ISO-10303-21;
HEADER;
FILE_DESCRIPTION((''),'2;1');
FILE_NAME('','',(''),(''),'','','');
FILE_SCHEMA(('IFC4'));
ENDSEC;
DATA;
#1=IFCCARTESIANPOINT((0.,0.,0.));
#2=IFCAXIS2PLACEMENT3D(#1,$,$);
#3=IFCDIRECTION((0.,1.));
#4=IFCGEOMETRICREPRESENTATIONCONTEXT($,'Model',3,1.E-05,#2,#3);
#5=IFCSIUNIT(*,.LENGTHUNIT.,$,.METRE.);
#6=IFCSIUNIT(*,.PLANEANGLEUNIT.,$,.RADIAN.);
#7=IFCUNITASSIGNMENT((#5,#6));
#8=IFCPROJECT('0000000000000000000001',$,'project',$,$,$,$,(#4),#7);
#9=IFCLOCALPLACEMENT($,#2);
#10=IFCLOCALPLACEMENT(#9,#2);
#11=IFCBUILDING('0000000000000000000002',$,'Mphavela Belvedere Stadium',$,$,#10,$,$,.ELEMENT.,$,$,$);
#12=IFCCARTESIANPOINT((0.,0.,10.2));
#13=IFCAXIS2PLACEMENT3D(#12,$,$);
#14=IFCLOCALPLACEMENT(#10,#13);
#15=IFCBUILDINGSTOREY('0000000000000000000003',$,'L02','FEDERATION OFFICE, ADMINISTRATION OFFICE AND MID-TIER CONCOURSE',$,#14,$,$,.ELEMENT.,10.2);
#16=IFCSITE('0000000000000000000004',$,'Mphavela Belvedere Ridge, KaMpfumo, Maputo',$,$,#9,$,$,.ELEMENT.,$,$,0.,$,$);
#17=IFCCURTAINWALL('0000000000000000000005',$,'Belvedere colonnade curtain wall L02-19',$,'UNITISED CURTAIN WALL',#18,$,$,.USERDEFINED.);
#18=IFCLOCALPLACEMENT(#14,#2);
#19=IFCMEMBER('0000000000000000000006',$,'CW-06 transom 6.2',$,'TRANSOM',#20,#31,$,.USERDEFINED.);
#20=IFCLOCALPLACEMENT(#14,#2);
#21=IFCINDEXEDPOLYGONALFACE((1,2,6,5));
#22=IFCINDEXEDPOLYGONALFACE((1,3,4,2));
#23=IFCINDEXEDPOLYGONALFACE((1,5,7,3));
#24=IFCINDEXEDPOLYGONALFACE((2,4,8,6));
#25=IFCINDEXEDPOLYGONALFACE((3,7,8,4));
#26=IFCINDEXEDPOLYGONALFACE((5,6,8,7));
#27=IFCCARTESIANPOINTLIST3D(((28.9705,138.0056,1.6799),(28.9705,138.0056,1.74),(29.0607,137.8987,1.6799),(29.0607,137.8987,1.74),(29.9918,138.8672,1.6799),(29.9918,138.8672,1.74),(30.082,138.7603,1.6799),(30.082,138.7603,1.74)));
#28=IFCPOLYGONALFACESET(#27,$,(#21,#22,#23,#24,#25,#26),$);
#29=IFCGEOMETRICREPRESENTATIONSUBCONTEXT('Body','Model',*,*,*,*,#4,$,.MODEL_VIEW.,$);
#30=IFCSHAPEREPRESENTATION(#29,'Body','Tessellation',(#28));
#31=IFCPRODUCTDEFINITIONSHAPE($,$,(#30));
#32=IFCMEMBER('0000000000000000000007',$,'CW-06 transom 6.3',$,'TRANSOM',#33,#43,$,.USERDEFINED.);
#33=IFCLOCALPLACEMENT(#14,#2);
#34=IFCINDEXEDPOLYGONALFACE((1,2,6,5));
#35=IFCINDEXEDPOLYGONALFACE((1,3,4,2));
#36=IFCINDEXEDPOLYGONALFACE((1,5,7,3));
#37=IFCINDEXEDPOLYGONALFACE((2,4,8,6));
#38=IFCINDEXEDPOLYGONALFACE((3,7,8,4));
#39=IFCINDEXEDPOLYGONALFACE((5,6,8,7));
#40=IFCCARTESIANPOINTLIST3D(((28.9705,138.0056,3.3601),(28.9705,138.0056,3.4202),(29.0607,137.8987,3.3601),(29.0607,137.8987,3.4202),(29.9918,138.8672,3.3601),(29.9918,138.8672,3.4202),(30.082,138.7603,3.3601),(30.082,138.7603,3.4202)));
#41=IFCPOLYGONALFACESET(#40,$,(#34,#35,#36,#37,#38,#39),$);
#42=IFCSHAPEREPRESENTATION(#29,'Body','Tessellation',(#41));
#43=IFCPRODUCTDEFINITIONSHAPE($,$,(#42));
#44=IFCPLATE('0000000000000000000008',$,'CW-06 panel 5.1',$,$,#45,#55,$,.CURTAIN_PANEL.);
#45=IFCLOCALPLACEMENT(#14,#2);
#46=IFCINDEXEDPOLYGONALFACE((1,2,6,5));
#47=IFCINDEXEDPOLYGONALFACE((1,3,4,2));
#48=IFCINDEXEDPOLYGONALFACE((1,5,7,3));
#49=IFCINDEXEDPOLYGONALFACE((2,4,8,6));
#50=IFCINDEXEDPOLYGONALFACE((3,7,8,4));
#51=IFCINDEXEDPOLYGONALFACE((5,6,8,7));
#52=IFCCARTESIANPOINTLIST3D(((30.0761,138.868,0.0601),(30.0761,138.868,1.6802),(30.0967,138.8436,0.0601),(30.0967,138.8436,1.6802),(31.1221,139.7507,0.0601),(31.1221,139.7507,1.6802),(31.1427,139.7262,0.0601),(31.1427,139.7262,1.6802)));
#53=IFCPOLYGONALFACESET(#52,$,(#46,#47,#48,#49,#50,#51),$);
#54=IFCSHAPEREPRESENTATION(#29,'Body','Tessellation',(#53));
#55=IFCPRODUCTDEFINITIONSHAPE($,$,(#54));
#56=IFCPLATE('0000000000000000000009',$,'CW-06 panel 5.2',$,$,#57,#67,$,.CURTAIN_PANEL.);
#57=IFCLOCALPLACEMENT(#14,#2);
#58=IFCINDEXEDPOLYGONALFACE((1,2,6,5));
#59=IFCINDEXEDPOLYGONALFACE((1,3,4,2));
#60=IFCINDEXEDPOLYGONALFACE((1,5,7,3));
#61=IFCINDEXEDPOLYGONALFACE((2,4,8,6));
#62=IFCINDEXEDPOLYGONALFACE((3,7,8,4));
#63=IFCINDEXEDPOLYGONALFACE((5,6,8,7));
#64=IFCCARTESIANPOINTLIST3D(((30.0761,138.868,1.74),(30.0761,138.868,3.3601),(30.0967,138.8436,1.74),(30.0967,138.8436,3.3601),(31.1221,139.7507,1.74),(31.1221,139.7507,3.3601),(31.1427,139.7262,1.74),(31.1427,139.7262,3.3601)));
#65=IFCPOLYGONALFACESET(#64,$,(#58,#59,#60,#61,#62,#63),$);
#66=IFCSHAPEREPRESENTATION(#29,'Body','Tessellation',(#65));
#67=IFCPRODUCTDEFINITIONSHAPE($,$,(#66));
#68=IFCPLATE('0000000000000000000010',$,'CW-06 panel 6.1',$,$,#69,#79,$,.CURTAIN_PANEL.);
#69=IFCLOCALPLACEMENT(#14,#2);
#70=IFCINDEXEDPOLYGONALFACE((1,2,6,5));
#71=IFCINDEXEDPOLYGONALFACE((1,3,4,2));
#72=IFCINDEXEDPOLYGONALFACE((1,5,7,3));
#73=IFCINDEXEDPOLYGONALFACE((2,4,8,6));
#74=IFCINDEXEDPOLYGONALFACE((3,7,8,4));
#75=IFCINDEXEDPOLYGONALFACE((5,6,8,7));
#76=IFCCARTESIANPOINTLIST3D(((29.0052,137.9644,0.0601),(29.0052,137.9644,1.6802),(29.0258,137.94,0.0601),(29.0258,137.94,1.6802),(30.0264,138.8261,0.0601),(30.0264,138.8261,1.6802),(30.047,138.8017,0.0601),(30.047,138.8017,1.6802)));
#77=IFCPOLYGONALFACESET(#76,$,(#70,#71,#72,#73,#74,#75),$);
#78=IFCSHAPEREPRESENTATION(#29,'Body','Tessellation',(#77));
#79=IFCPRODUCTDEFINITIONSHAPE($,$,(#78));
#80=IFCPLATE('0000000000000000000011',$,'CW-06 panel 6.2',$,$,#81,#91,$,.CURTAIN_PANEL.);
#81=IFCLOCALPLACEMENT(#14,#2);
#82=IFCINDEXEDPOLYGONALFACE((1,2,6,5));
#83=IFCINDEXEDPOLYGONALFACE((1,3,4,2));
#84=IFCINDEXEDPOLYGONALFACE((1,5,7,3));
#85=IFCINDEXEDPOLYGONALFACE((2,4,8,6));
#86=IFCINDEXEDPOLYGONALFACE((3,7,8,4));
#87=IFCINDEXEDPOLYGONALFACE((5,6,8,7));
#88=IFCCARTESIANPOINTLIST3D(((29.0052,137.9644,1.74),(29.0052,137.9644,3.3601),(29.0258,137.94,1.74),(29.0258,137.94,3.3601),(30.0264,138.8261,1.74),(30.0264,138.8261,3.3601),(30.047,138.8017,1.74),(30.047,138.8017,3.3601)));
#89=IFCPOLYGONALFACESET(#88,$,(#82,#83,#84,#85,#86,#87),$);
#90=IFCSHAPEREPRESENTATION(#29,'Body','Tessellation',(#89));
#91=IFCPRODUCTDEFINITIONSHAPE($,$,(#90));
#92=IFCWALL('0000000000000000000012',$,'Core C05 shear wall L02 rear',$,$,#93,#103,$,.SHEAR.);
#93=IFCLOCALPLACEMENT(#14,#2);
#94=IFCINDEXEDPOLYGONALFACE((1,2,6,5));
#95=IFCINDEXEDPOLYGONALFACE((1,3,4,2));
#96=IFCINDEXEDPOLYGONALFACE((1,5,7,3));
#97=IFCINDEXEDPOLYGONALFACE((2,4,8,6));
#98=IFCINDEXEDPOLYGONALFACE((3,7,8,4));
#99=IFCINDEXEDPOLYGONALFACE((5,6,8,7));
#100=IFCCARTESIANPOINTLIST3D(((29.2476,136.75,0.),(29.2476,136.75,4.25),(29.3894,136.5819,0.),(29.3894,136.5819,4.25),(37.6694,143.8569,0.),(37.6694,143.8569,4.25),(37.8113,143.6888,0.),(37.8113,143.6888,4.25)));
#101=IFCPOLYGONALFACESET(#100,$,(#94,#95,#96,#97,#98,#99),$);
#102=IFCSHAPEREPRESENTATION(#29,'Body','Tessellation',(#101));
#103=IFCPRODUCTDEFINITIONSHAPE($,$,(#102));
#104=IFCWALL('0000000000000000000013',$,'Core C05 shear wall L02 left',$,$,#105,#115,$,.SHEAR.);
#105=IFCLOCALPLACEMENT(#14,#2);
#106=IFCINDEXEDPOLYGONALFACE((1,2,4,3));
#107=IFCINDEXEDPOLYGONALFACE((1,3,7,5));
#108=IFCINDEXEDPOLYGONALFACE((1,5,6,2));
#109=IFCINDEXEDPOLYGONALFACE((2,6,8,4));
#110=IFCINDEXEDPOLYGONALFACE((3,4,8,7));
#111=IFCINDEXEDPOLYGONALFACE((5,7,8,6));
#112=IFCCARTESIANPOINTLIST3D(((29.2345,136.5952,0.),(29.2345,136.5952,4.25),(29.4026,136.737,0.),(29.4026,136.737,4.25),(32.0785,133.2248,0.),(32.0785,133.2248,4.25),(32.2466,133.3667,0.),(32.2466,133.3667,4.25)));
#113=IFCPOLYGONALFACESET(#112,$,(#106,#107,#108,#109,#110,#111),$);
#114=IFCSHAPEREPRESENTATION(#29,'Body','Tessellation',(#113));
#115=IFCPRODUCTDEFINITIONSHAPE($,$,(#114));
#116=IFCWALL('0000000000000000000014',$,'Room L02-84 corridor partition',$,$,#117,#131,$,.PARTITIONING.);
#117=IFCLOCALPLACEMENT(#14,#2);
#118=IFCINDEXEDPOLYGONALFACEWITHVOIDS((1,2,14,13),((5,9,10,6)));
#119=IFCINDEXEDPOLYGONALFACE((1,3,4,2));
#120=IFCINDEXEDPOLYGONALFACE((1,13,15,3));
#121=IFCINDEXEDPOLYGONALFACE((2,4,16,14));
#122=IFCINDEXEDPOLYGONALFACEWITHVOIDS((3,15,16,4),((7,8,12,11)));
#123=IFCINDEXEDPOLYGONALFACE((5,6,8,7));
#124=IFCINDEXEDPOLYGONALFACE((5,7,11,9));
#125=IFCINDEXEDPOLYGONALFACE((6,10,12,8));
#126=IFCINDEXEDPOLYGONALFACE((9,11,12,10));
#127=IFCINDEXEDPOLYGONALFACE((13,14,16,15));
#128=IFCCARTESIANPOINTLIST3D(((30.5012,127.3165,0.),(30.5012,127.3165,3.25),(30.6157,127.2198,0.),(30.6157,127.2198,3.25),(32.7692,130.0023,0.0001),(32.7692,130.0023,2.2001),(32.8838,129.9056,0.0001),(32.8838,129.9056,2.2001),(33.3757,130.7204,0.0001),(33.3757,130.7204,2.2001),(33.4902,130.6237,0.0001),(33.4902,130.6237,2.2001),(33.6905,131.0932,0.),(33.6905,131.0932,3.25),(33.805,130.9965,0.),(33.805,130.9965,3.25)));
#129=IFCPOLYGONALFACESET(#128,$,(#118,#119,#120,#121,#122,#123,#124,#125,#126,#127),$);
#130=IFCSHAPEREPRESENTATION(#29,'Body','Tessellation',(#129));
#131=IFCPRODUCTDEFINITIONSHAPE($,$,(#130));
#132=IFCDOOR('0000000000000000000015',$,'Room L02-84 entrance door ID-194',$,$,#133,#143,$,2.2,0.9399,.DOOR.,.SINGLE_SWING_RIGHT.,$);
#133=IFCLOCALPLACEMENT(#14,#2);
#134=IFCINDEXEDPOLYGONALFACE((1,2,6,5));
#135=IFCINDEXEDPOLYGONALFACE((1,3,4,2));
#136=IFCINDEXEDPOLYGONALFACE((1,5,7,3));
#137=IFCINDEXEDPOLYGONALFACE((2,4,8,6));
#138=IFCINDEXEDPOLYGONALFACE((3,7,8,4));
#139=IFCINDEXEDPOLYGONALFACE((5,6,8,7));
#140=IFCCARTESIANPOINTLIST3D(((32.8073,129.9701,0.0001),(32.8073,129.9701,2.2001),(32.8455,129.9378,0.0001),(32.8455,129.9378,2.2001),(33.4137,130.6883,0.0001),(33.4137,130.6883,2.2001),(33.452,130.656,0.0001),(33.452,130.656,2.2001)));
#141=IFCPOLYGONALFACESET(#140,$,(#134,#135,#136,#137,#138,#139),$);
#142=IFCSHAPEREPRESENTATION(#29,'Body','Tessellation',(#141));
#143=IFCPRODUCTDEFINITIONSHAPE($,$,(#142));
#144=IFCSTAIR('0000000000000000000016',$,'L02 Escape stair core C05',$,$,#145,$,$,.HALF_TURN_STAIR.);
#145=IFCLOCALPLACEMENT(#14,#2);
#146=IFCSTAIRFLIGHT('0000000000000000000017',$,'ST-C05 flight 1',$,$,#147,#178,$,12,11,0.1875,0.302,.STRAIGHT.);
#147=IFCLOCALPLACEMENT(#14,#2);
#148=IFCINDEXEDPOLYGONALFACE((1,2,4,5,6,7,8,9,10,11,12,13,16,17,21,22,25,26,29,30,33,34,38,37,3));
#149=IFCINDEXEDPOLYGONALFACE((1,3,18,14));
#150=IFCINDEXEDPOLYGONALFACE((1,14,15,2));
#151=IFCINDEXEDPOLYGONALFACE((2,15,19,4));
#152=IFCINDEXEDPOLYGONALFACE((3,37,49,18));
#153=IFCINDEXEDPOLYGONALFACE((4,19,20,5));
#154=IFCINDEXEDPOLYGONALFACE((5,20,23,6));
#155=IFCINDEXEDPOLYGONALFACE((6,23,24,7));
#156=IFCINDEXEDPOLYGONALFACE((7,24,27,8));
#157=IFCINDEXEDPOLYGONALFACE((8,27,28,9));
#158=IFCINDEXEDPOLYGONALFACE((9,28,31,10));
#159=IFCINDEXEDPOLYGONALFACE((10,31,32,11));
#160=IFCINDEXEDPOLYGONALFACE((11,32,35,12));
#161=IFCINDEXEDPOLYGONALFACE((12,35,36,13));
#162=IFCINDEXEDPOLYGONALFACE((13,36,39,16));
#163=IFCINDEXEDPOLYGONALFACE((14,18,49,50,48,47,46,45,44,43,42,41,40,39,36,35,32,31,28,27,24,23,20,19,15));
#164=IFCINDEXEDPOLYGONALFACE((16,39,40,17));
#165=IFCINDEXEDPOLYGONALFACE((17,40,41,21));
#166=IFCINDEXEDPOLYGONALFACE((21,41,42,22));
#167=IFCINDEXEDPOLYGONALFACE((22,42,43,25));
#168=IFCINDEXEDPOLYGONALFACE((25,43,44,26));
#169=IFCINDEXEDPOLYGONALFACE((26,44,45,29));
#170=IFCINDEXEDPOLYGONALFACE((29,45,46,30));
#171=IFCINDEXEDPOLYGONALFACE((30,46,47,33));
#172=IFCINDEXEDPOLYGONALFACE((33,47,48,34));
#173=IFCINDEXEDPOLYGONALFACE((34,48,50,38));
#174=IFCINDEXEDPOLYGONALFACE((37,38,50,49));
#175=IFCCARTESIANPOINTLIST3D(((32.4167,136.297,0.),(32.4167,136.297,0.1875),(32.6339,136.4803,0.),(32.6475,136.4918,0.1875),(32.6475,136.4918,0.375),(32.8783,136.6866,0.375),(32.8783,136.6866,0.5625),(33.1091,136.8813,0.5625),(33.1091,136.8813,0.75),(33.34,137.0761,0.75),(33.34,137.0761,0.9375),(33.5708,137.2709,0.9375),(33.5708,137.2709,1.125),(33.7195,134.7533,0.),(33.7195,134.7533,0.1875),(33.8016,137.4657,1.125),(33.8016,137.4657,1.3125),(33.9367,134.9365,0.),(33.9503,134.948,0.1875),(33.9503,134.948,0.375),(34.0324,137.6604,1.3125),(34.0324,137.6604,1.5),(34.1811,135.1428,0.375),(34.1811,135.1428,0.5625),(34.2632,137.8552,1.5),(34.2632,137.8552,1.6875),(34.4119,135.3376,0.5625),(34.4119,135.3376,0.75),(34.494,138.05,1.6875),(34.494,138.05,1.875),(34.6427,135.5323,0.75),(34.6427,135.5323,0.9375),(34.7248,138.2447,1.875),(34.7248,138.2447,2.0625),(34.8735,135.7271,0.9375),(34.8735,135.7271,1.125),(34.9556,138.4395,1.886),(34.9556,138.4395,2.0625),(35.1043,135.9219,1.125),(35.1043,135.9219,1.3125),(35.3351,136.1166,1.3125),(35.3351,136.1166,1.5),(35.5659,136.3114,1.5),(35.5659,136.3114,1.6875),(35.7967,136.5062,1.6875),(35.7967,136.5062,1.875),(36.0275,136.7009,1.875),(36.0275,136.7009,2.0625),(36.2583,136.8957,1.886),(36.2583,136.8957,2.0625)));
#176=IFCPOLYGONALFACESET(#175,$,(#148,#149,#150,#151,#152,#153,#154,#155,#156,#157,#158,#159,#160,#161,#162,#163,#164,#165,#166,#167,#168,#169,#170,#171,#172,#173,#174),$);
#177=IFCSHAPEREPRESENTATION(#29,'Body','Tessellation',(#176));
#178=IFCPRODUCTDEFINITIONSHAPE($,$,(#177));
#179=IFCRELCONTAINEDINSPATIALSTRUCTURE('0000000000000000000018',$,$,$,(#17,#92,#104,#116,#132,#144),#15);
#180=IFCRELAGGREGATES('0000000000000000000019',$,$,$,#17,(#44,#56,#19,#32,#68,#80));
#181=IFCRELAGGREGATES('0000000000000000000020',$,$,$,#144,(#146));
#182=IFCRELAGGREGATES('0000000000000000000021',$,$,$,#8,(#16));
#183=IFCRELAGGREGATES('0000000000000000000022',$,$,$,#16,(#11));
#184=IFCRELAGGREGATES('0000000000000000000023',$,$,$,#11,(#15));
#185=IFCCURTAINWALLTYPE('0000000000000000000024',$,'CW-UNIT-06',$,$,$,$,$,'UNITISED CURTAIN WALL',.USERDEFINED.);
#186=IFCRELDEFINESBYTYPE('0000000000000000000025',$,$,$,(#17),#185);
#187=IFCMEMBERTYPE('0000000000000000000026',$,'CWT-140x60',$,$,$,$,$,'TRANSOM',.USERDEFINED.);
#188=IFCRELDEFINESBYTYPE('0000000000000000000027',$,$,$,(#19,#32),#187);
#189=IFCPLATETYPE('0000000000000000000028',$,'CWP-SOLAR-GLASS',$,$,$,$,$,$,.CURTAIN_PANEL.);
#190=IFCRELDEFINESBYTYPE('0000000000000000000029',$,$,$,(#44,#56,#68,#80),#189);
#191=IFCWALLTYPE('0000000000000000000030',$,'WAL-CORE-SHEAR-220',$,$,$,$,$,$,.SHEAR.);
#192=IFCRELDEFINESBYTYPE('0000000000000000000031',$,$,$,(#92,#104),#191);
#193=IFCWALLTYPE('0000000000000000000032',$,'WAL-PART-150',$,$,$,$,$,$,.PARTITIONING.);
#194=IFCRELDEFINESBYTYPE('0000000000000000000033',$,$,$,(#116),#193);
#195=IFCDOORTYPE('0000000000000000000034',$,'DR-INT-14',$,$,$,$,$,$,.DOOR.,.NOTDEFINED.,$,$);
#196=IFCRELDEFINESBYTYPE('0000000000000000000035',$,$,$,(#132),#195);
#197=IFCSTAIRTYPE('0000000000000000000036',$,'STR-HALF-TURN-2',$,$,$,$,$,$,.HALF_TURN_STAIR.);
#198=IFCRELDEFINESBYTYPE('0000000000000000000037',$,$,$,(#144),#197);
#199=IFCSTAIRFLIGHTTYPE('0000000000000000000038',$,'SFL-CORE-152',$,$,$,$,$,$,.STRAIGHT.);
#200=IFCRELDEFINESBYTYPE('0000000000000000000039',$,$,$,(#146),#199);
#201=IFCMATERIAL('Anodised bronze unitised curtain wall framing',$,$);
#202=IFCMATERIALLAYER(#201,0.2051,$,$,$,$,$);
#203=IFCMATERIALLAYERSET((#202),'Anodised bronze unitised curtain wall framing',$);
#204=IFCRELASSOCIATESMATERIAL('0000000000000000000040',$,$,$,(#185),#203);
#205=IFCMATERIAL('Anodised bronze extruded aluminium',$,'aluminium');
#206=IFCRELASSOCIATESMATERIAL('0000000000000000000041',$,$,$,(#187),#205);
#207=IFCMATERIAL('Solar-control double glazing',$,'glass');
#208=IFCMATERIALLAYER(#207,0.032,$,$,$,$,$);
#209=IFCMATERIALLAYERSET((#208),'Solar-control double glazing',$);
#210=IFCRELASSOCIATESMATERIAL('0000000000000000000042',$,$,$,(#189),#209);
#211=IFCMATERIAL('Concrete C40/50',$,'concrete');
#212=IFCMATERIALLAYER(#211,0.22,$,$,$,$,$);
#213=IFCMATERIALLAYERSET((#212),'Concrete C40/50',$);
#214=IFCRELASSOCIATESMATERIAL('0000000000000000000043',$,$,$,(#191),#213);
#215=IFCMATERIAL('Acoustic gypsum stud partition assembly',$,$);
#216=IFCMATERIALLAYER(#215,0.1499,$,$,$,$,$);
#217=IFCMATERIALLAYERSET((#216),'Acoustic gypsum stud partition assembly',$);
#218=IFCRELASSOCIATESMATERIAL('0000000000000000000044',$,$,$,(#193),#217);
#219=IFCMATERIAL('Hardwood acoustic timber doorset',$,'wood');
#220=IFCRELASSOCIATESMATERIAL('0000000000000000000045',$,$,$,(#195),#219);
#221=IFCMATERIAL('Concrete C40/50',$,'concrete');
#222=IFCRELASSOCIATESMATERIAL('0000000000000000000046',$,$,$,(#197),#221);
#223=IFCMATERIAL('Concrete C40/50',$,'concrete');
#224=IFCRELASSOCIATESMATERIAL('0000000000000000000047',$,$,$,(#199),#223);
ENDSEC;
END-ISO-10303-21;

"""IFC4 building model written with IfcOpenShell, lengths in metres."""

from ifc_helpers import new_model, si_unit, direction, frame, frame_2d, origin, origin_2d, place, context, subcontext, project, spatial, polyline, rectangle, outline, extrude, material, layer, layer_set, material_profile, profile_set, type_object, element, fill, aggregate, save


model = new_model("IFC4")

# Units and contexts
model_context = context("Model", 3, precision=1e-05, world=origin(), true_north=direction((0.0, 1.0)))
body_context = subcontext(model_context, "Body", "Model", "MODEL_VIEW")
ifc_project = project(units=[si_unit("LENGTHUNIT", "METRE"), si_unit("PLANEANGLEUNIT", "RADIAN")], contexts=[model_context])

# Site, building, storey
site_placement = place(None, origin())
site = spatial("IfcSite", under=ifc_project, at=site_placement, Name="Mphavela Belvedere Ridge, KaMpfumo, Maputo", CompositionType="ELEMENT", RefElevation=0.0)
building_placement = place(site_placement, origin())
building = spatial("IfcBuilding", under=site, at=building_placement, Name="Mphavela Belvedere Stadium", CompositionType="ELEMENT")
storey_placement = place(building_placement, frame((0.0, 0.0, 10.2)))
storey = spatial("IfcBuildingStorey", under=building, at=storey_placement, Name="L02", Description="FEDERATION OFFICE, ADMINISTRATION OFFICE AND MID-TIER CONCOURSE", CompositionType="ELEMENT", Elevation=10.2)

# Curtain wall
ifc_material_1 = material(Name="Anodised bronze unitised curtain wall framing")
ifc_layer_1 = layer(ifc_material_1, 0.2051)
ifc_layer_set_1 = layer_set([ifc_layer_1], Name="Anodised bronze unitised curtain wall framing")
curtain_wall_type_1 = type_object("IfcCurtainWallType", Name="CW-UNIT-06", ElementType="UNITISED CURTAIN WALL", PredefinedType="USERDEFINED", material=ifc_layer_set_1)
curtain_wall_1_placement = place(storey_placement, origin())
curtain_wall_1 = element("IfcCurtainWall", 1, at=curtain_wall_1_placement, inside=storey, type_object=curtain_wall_type_1, Name="Belvedere colonnade curtain wall L02-19", ObjectType="UNITISED CURTAIN WALL", PredefinedType="USERDEFINED")

# Members
ifc_material_2 = material(Name="Anodised bronze extruded aluminium", Category="aluminium")
ifc_material_profile_1 = material_profile(ifc_material_2, rectangle(XDim=0.1399, YDim=0.0601, at=origin_2d()), Name="CW-TRN 140x60")
ifc_profile_set_1 = profile_set([ifc_material_profile_1], Name="Anodised bronze extruded aluminium")
member_type_1 = type_object("IfcMemberType", Name="CWT-140x60", ElementType="TRANSOM", PredefinedType="USERDEFINED", material=ifc_profile_set_1)
member_1_placement = place(storey_placement, frame((30.0369, 138.8137, 1.71), z_axis=(-0.764328, -0.644828, 0.0), x_axis=(0.644828, -0.764328, 0.0)))
member_1 = element("IfcMember", 2, at=member_1_placement, type_object=member_type_1, Name="CW-06 transom 6.2", ObjectType="TRANSOM", PredefinedType="USERDEFINED", context=body_context, shape_type="SweptSolid", body=[
    extrude(rectangle(XDim=0.1399, YDim=0.0601, at=origin_2d()), origin(), (0.0, 0.0, 1.0), 1.3362),
])
member_2_placement = place(storey_placement, frame((30.0369, 138.8137, 3.3901), z_axis=(-0.764328, -0.644828, 0.0), x_axis=(0.644828, -0.764328, 0.0)))
member_2 = element("IfcMember", 3, at=member_2_placement, type_object=member_type_1, Name="CW-06 transom 6.3", ObjectType="TRANSOM", PredefinedType="USERDEFINED", context=body_context, shape_type="SweptSolid", body=[
    extrude(rectangle(XDim=0.1399, YDim=0.0601, at=origin_2d()), origin(), (0.0, 0.0, 1.0), 1.3362),
])

# Plates
ifc_material_3 = material(Name="Solar-control double glazing", Category="glass")
ifc_layer_2 = layer(ifc_material_3, 0.032)
ifc_layer_set_2 = layer_set([ifc_layer_2], Name="Solar-control double glazing")
plate_type = type_object("IfcPlateType", Name="CWP-SOLAR-GLASS", PredefinedType="CURTAIN_PANEL", material=ifc_layer_set_2)
plate_1_placement = place(storey_placement, frame((30.6094, 139.2971, 0.0601), z_axis=(0.0, 0.0, 1.0), x_axis=(-0.764261, -0.644907, 0.0)))
plate_1 = element("IfcPlate", 4, at=plate_1_placement, type_object=plate_type, Name="CW-06 panel 5.1", PredefinedType="CURTAIN_PANEL", context=body_context, shape_type="SweptSolid", body=[
    extrude(rectangle(XDim=1.3687, YDim=0.032, at=origin_2d()), origin(), (0.0, 0.0, 1.0), 1.6201),
])
plate_2_placement = place(storey_placement, frame((30.6094, 139.2971, 1.74), z_axis=(0.0, 0.0, 1.0), x_axis=(-0.764261, -0.644907, 0.0)))
plate_2 = element("IfcPlate", 5, at=plate_2_placement, type_object=plate_type, Name="CW-06 panel 5.2", PredefinedType="CURTAIN_PANEL", context=body_context, shape_type="SweptSolid", body=[
    extrude(rectangle(XDim=1.3687, YDim=0.032, at=origin_2d()), origin(), (0.0, 0.0, 1.0), 1.6201),
])
plate_3_placement = place(storey_placement, frame((29.5261, 138.3831, 0.0601), z_axis=(0.0, 0.0, 1.0), x_axis=(-0.764261, -0.644907, 0.0)))
plate_3 = element("IfcPlate", 6, at=plate_3_placement, type_object=plate_type, Name="CW-06 panel 6.1", PredefinedType="CURTAIN_PANEL", context=body_context, shape_type="SweptSolid", body=[
    extrude(rectangle(XDim=1.3362, YDim=0.032, at=origin_2d()), origin(), (0.0, 0.0, 1.0), 1.6201),
])
plate_4_placement = place(storey_placement, frame((29.5261, 138.3831, 1.74), z_axis=(0.0, 0.0, 1.0), x_axis=(-0.764261, -0.644907, 0.0)))
plate_4 = element("IfcPlate", 7, at=plate_4_placement, type_object=plate_type, Name="CW-06 panel 6.2", PredefinedType="CURTAIN_PANEL", context=body_context, shape_type="SweptSolid", body=[
    extrude(rectangle(XDim=1.3362, YDim=0.032, at=origin_2d()), origin(), (0.0, 0.0, 1.0), 1.6201),
])
aggregate(curtain_wall_1, [plate_1, plate_2, member_1, member_2, plate_3, plate_4])

# Walls
ifc_material_4 = material(Name="Concrete C40/50", Category="concrete")
ifc_layer_3 = layer(ifc_material_4, 0.22)
ifc_layer_set_3 = layer_set([ifc_layer_3], Name="Concrete C40/50")
wall_type_1 = type_object("IfcWallType", Name="WAL-CORE-SHEAR-220", PredefinedType="SHEAR", material=ifc_layer_set_3)
wall_1_placement = place(storey_placement, frame((29.3186, 136.666, 0.0), z_axis=(0.0, 0.0, 1.0), x_axis=(0.764248, 0.644923, 0.0)))
element("IfcWall", 8, at=wall_1_placement, inside=storey, type_object=wall_type_1, Name="Core C05 shear wall L02 rear", PredefinedType="SHEAR", context=body_context, shape_type="SweptSolid", body=[
    extrude(rectangle(XDim=11.0198, YDim=0.22, at=frame_2d((5.5098, 0.0))), origin(), (0.0, 0.0, 1.0), 4.25),
])
wall_2_placement = place(storey_placement, frame((32.1626, 133.2957, 0.0), z_axis=(0.0, 0.0, 1.0), x_axis=(-0.644904, 0.764263, 0.0)))
element("IfcWall", 9, at=wall_2_placement, inside=storey, type_object=wall_type_1, Name="Core C05 shear wall L02 left", PredefinedType="SHEAR", context=body_context, shape_type="SweptSolid", body=[
    extrude(rectangle(XDim=4.4099, YDim=0.22, at=frame_2d((2.2051, 0.0))), origin(), (0.0, 0.0, 1.0), 4.25),
])

# Wall, opening, door
ifc_material_5 = material(Name="Acoustic gypsum stud partition assembly")
ifc_layer_4 = layer(ifc_material_5, 0.1499)
ifc_layer_set_4 = layer_set([ifc_layer_4], Name="Acoustic gypsum stud partition assembly")
wall_type_2 = type_object("IfcWallType", Name="WAL-PART-150", PredefinedType="PARTITIONING", material=ifc_layer_set_4)
wall_3_placement = place(storey_placement, frame((33.7478, 131.0449, 0.0), z_axis=(0.0, 0.0, 1.0), x_axis=(-0.645189, -0.764023, 0.0)))
wall_3 = element("IfcWall", 10, at=wall_3_placement, inside=storey, type_object=wall_type_2, Name="Room L02-84 corridor partition", PredefinedType="PARTITIONING", context=body_context, shape_type="SweptSolid", body=[
    extrude(rectangle(XDim=4.9431, YDim=0.1499, at=frame_2d((2.4717, 0.0))), origin(), (0.0, 0.0, 1.0), 3.25),
])
opening_1_placement = place(wall_3_placement, frame((0.488, 0.0, 0.0)))
opening_1 = element("IfcOpeningElement", 11, at=opening_1_placement, cuts=wall_3, PredefinedType="OPENING", context=body_context, shape_type="SweptSolid", body=[
    extrude(rectangle(XDim=0.9399, YDim=2.2, at=frame_2d((0.47, 1.1001))), frame((0.0, 0.085, 0.0), z_axis=(0.0, -1.0, 0.0), x_axis=(1.0, 0.0, 0.0)), (0.0, 0.0, 1.0), 0.1699),
])
ifc_material_6 = material(Name="Hardwood acoustic timber doorset", Category="wood")
door_type_1 = type_object("IfcDoorType", Name="DR-INT-14", OperationType="NOTDEFINED", PredefinedType="DOOR", material=ifc_material_6)
door_1_placement = place(opening_1_placement, origin())
door_1 = element("IfcDoor", 12, at=door_1_placement, inside=storey, type_object=door_type_1, Name="Room L02-84 entrance door ID-194", OperationType="SINGLE_SWING_RIGHT", OverallHeight=2.2, OverallWidth=0.9399, PredefinedType="DOOR", context=body_context, shape_type="SweptSolid", body=[
    extrude(rectangle(XDim=0.9399, YDim=2.2, at=frame_2d((0.47, 1.1001))), frame((0.0, 0.0249, 0.0), z_axis=(0.0, -1.0, 0.0), x_axis=(1.0, 0.0, 0.0)), (0.0, 0.0, 1.0), 0.05),
])
fill(opening_1, door_1)

# Stair, stair flight
ifc_material_7 = material(Name="Concrete C40/50", Category="concrete")
stair_type = type_object("IfcStairType", Name="STR-HALF-TURN-2", PredefinedType="HALF_TURN_STAIR", material=ifc_material_7)
stair_placement = place(storey_placement, origin())
stair = element("IfcStair", 13, at=stair_placement, inside=storey, type_object=stair_type, Name="L02 Escape stair core C05", PredefinedType="HALF_TURN_STAIR")
ifc_material_8 = material(Name="Concrete C40/50", Category="concrete")
stair_flight_type = type_object("IfcStairFlightType", Name="SFL-CORE-152", PredefinedType="STRAIGHT", material=ifc_material_8)
stair_flight_1_placement = place(storey_placement, frame((33.0681, 135.5251, 0.0), z_axis=(0.0, 0.0, 1.0), x_axis=(0.764246, 0.644924, 0.0)))
stair_flight_1 = element("IfcStairFlight", 14, at=stair_flight_1_placement, type_object=stair_flight_type, Name="ST-C05 flight 1", NumberOfRisers=12, NumberOfTreads=11, PredefinedType="STRAIGHT", RiserHeight=0.1875, TreadLength=0.302, context=body_context, shape_type="SweptSolid", body=[
    extrude(outline(polyline([(0.0, 0.0), (0.0, 0.1875), (0.302, 0.1875), (0.302, 0.375), (0.604, 0.375), (0.604, 0.5625), (0.906, 0.5625), (0.906, 0.75), (1.208, 0.75), (1.208, 0.9375), (1.51, 0.9375), (1.51, 1.125), (1.812, 1.125), (1.812, 1.3125), (2.114, 1.3125), (2.114, 1.5), (2.416, 1.5), (2.416, 1.6875), (2.718, 1.6875), (2.718, 1.875), (3.02, 1.875), (3.02, 2.0625), (3.322, 2.0625), (3.322, 2.25), (3.322, 1.886), (0.2842, 0.0), (0.0, 0.0)])), frame((0.0, 1.01, 0.0), z_axis=(0.0, -1.0, 0.0), x_axis=(1.0, 0.0, 0.0)), (0.0, 0.0, 1.0), 2.02),
])
aggregate(stair, [stair_flight_1])

save(model, "model.ifc")
